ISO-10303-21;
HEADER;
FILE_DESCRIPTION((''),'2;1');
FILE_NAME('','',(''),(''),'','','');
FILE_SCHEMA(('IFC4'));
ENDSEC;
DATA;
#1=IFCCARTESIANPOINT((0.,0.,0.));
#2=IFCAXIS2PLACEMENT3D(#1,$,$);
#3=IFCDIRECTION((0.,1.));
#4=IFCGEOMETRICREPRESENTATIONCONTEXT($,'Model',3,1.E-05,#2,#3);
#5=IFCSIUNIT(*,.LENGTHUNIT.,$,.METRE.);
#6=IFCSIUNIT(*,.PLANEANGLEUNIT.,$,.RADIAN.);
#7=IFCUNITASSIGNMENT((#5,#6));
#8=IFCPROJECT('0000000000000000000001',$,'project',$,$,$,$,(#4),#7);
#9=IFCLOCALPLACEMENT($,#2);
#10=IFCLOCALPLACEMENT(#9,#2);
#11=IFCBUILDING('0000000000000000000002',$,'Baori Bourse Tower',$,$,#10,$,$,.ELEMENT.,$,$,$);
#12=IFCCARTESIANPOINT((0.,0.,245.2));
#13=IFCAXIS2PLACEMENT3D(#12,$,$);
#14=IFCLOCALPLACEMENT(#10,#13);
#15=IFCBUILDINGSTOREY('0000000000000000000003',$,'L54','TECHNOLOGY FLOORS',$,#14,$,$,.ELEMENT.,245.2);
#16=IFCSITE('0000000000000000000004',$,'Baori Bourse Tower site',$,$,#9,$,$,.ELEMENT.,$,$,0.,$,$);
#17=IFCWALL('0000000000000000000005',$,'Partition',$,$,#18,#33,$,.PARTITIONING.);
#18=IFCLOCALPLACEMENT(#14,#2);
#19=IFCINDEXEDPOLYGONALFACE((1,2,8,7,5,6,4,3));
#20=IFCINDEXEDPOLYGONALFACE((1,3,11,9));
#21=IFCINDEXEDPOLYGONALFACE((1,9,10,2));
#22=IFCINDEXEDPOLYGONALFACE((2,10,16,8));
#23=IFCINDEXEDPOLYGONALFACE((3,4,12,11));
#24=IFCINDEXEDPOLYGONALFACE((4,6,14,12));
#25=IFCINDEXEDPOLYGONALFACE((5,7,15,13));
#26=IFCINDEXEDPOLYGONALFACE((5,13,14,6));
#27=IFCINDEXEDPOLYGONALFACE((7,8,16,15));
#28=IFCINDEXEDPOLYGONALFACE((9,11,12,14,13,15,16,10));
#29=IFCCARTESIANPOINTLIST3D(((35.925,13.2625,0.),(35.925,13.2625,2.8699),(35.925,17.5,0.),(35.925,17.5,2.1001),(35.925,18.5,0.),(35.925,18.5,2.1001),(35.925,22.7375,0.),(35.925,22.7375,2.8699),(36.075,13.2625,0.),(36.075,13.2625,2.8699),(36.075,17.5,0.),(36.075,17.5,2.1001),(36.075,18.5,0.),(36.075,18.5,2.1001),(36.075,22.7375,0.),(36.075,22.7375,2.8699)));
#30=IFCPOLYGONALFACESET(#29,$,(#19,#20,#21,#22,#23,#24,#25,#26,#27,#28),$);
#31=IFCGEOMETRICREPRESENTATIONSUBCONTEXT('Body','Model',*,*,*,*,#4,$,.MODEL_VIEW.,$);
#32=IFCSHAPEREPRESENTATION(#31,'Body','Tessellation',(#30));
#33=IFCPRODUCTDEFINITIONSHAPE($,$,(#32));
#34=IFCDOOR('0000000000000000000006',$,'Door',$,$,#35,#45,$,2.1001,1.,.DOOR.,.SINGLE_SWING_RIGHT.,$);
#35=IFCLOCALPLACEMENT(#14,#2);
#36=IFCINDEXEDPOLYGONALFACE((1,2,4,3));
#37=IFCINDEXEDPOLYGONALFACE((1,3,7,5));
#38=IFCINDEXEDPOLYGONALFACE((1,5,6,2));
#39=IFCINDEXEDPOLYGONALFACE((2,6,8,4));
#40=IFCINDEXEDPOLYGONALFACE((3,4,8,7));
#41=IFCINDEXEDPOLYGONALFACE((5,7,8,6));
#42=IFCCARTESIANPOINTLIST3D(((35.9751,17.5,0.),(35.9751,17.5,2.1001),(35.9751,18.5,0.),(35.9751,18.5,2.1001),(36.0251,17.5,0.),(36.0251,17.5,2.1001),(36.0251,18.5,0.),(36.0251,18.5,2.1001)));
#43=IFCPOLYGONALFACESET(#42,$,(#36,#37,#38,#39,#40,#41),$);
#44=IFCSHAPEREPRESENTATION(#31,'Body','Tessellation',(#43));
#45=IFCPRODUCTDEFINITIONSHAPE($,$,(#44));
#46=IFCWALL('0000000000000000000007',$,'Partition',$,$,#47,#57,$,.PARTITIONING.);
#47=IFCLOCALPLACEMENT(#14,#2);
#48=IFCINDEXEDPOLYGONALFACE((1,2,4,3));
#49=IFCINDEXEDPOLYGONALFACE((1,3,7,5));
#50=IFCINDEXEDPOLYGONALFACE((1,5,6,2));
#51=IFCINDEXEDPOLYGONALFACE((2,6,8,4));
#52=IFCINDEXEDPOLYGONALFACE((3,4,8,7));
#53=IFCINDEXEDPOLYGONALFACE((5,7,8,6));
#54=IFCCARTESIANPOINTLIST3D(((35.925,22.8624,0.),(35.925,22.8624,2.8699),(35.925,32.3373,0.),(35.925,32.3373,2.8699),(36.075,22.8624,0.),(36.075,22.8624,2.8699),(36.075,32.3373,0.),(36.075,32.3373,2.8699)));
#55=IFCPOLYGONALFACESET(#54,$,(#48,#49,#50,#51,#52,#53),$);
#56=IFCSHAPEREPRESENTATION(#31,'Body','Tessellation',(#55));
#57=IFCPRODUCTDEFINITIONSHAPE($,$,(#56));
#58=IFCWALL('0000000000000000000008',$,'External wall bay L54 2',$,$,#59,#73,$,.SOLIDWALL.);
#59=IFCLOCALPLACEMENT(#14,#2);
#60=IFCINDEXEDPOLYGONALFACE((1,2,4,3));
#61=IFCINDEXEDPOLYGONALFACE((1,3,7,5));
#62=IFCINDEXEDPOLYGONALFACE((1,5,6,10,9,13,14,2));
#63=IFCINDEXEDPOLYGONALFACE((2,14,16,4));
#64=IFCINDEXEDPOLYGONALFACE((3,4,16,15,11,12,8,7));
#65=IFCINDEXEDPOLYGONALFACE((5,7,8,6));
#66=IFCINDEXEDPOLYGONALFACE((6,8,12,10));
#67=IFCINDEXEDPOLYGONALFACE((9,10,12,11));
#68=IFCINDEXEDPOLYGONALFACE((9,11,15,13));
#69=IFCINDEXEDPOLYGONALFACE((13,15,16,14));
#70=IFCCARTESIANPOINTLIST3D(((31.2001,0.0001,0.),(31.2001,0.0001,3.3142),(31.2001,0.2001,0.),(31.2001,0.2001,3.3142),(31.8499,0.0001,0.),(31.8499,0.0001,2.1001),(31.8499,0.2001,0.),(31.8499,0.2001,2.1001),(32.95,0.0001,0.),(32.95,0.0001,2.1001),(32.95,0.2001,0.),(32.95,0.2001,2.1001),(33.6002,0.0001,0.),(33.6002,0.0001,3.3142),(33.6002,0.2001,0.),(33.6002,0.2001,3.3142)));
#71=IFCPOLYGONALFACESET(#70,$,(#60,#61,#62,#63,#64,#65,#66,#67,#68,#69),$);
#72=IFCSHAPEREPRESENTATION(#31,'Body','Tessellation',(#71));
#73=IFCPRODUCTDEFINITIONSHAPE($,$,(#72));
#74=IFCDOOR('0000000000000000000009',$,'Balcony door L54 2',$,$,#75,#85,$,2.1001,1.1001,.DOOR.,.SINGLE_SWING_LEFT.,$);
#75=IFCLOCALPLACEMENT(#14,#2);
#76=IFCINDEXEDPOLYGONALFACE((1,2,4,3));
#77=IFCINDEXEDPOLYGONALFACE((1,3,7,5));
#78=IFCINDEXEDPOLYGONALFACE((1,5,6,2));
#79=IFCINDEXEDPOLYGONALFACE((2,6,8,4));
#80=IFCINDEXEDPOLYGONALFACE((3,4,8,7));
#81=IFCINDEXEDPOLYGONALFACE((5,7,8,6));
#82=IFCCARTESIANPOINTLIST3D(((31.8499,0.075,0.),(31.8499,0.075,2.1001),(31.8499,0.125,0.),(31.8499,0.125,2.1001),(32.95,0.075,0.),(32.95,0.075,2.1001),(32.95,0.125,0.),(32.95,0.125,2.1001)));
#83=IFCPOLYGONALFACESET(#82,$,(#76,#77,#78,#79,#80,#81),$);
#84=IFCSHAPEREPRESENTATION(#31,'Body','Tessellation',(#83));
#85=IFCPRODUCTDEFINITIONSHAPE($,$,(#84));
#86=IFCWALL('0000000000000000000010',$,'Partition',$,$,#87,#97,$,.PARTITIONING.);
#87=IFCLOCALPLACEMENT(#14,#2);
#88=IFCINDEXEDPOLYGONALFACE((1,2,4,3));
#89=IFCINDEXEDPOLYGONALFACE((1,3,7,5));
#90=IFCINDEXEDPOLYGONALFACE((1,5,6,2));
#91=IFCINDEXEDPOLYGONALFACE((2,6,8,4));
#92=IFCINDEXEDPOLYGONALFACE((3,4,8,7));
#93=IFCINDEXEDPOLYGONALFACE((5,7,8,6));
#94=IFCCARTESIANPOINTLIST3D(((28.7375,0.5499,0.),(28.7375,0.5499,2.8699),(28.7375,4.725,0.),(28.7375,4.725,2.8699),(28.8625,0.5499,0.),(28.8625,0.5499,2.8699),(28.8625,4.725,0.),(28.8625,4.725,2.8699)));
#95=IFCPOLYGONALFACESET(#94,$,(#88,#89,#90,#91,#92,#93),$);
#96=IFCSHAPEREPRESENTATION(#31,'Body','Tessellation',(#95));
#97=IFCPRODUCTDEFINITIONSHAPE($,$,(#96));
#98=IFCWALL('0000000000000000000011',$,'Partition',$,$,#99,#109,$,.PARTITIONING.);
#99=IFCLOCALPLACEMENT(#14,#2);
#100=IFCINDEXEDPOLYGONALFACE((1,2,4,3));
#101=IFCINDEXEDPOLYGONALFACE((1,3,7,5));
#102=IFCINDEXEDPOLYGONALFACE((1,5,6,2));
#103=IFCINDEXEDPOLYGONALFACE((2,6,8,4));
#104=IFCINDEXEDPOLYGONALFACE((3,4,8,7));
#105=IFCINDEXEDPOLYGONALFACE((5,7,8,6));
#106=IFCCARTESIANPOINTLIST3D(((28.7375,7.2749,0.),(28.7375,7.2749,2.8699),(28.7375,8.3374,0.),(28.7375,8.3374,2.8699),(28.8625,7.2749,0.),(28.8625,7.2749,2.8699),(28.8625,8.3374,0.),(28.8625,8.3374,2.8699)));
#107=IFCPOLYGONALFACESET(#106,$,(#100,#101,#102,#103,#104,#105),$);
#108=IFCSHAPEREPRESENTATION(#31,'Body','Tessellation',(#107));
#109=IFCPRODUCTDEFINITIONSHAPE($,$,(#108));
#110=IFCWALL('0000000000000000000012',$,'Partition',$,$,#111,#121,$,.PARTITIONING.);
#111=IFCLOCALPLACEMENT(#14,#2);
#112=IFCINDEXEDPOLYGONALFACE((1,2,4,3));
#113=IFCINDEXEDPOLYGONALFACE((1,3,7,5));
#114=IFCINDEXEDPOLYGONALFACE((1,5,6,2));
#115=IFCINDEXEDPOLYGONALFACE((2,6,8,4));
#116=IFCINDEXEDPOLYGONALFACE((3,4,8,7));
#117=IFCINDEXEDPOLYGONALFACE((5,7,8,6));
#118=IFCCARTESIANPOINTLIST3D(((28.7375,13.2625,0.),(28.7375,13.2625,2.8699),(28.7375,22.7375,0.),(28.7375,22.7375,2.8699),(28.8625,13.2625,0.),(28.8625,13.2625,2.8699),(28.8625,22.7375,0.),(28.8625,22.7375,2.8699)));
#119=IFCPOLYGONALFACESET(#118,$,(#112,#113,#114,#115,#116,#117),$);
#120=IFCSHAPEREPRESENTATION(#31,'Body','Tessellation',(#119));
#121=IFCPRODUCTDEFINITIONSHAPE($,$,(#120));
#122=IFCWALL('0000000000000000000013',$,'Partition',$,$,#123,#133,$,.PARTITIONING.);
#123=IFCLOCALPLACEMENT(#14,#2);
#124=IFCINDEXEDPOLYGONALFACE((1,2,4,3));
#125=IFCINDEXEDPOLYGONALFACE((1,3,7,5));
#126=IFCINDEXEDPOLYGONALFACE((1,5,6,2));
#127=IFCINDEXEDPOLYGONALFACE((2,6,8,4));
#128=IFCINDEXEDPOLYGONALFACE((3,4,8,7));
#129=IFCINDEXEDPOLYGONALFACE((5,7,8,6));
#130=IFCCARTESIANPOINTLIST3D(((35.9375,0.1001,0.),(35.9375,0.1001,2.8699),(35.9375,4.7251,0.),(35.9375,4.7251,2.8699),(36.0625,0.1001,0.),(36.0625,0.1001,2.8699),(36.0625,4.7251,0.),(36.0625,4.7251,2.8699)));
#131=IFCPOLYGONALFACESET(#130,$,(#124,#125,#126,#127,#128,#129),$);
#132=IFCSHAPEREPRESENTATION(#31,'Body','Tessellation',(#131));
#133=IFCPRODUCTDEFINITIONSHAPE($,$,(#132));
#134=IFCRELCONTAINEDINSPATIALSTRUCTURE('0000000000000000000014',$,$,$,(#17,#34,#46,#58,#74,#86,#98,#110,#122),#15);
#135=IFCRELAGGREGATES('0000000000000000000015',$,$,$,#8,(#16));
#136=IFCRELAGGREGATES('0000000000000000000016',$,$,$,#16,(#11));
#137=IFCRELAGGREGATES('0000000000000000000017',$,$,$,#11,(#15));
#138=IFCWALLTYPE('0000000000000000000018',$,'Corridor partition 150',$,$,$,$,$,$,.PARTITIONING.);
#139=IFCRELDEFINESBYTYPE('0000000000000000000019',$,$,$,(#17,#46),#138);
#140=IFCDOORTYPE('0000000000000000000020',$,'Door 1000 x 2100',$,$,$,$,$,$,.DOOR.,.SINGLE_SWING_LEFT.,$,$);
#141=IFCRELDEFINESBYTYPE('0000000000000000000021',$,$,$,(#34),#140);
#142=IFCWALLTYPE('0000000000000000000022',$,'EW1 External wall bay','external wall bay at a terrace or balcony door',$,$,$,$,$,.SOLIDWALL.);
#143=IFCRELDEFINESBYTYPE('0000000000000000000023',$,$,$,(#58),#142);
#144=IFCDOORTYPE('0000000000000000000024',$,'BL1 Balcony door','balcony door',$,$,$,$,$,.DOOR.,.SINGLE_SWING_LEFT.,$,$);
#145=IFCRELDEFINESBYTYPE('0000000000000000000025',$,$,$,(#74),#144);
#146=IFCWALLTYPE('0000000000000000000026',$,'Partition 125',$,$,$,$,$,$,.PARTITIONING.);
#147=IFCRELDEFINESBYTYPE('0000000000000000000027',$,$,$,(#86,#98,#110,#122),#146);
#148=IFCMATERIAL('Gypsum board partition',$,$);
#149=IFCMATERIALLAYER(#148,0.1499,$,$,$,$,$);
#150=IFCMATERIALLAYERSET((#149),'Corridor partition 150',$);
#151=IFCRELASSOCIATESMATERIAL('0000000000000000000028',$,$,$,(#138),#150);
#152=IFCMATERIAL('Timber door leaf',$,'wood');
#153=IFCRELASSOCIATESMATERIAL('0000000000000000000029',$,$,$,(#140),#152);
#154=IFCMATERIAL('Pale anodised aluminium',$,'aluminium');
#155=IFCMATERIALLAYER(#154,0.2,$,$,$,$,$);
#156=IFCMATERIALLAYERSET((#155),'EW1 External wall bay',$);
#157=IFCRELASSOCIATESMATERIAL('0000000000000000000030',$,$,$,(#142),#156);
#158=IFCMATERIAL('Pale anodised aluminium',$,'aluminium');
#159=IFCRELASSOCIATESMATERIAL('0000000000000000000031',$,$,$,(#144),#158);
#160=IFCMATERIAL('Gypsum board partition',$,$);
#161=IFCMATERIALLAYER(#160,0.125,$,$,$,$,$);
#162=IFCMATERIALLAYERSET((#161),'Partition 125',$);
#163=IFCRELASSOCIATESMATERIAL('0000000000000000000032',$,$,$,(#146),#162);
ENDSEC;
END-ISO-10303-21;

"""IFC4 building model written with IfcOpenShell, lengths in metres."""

from ifc_helpers import new_model, si_unit, direction, frame, frame_2d, origin, place, context, subcontext, project, spatial, rectangle, extrude, material, layer, layer_set, type_object, element, fill, save


model = new_model("IFC4")

# Units and contexts
model_context = context("Model", 3, precision=1e-05, world=origin(), true_north=direction((0.0, 1.0)))
body_context = subcontext(model_context, "Body", "Model", "MODEL_VIEW")
ifc_project = project(units=[si_unit("LENGTHUNIT", "METRE"), si_unit("PLANEANGLEUNIT", "RADIAN")], contexts=[model_context])

# Site, building, storey
site_placement = place(None, origin())
site = spatial("IfcSite", under=ifc_project, at=site_placement, Name="Baori Bourse Tower site", CompositionType="ELEMENT", RefElevation=0.0)
building_placement = place(site_placement, origin())
building = spatial("IfcBuilding", under=site, at=building_placement, Name="Baori Bourse Tower", CompositionType="ELEMENT")
storey_placement = place(building_placement, frame((0.0, 0.0, 245.2)))
storey = spatial("IfcBuildingStorey", under=building, at=storey_placement, Name="L54", Description="TECHNOLOGY FLOORS", CompositionType="ELEMENT", Elevation=245.2)

# Shared definitions
ifc_material_1 = material(Name="Gypsum board partition")
ifc_layer_1 = layer(ifc_material_1, 0.1499)
ifc_layer_set_1 = layer_set([ifc_layer_1], Name="Corridor partition 150")
wall_type_1 = type_object("IfcWallType", Name="Corridor partition 150", PredefinedType="PARTITIONING", material=ifc_layer_set_1)

# Wall, opening, door
wall_1_placement = place(storey_placement, frame((36.0, 13.2625, 0.0), z_axis=(0.0, 0.0, 1.0), x_axis=(0.0, 1.0, 0.0)))
wall_1 = element("IfcWall", 1, at=wall_1_placement, inside=storey, type_object=wall_type_1, Name="Partition", PredefinedType="PARTITIONING", context=body_context, shape_type="SweptSolid", body=[
    extrude(rectangle(XDim=9.4751, YDim=0.1499, at=frame_2d((4.7375, 0.0))), origin(), (0.0, 0.0, 1.0), 2.8699),
])
opening_1_placement = place(wall_1_placement, frame((4.2375, 0.0, 0.0)))
opening_1 = element("IfcOpeningElement", 2, at=opening_1_placement, cuts=wall_1, PredefinedType="OPENING", context=body_context, shape_type="SweptSolid", body=[
    extrude(rectangle(XDim=1.0, YDim=2.1001, at=frame_2d((0.5, 1.05))), frame((0.0, 0.085, 0.0), z_axis=(0.0, -1.0, 0.0), x_axis=(1.0, 0.0, 0.0)), (0.0, 0.0, 1.0), 0.1699),
])
ifc_material_2 = material(Name="Timber door leaf", Category="wood")
door_type_1 = type_object("IfcDoorType", Name="Door 1000 x 2100", OperationType="SINGLE_SWING_LEFT", PredefinedType="DOOR", material=ifc_material_2)
door_1_placement = place(opening_1_placement, origin())
door_1 = element("IfcDoor", 3, at=door_1_placement, inside=storey, type_object=door_type_1, Name="Door", OperationType="SINGLE_SWING_RIGHT", OverallHeight=2.1001, OverallWidth=1.0, PredefinedType="DOOR", context=body_context, shape_type="SweptSolid", body=[
    extrude(rectangle(XDim=1.0, YDim=2.1001, at=frame_2d((0.5, 1.05))), frame((0.0, 0.0249, 0.0), z_axis=(0.0, -1.0, 0.0), x_axis=(1.0, 0.0, 0.0)), (0.0, 0.0, 1.0), 0.05),
])
fill(opening_1, door_1)

# Wall
wall_2_placement = place(storey_placement, frame((36.0, 22.8625, 0.0), z_axis=(0.0, 0.0, 1.0), x_axis=(0.0, 1.0, 0.0)))
element("IfcWall", 4, at=wall_2_placement, inside=storey, type_object=wall_type_1, Name="Partition", PredefinedType="PARTITIONING", context=body_context, shape_type="SweptSolid", body=[
    extrude(rectangle(XDim=9.4749, YDim=0.1499, at=frame_2d((4.7373, 0.0))), origin(), (0.0, 0.0, 1.0), 2.8699),
])

# Wall, opening, door
ifc_material_3 = material(Name="Pale anodised aluminium", Category="aluminium")
ifc_layer_2 = layer(ifc_material_3, 0.2)
ifc_layer_set_2 = layer_set([ifc_layer_2], Name="EW1 External wall bay")
wall_type_2 = type_object("IfcWallType", Name="EW1 External wall bay", Description="external wall bay at a terrace or balcony door", PredefinedType="SOLIDWALL", material=ifc_layer_set_2)
wall_3_placement = place(storey_placement, frame((31.2, 0.1001, 0.0), z_axis=(0.0, 0.0, 1.0), x_axis=(1.0, 0.0, 0.0)))
wall_3 = element("IfcWall", 5, at=wall_3_placement, inside=storey, type_object=wall_type_2, Name="External wall bay L54 2", PredefinedType="SOLIDWALL", context=body_context, shape_type="SweptSolid", body=[
    extrude(rectangle(XDim=2.4001, YDim=0.2, at=frame_2d((1.2002, 0.0))), origin(), (0.0, 0.0, 1.0), 3.3142),
])
opening_2_placement = place(wall_3_placement, frame((0.6499, 0.0, 0.0)))
opening_2 = element("IfcOpeningElement", 6, at=opening_2_placement, cuts=wall_3, PredefinedType="OPENING", context=body_context, shape_type="SweptSolid", body=[
    extrude(rectangle(XDim=1.1001, YDim=2.1001, at=frame_2d((0.55, 1.05))), frame((0.0, 0.1099, 0.0), z_axis=(0.0, -1.0, 0.0), x_axis=(1.0, 0.0, 0.0)), (0.0, 0.0, 1.0), 0.22),
])
ifc_material_4 = material(Name="Pale anodised aluminium", Category="aluminium")
door_type_2 = type_object("IfcDoorType", Name="BL1 Balcony door", Description="balcony door", OperationType="SINGLE_SWING_LEFT", PredefinedType="DOOR", material=ifc_material_4)
door_2_placement = place(opening_2_placement, origin())
door_2 = element("IfcDoor", 7, at=door_2_placement, inside=storey, type_object=door_type_2, Name="Balcony door L54 2", OperationType="SINGLE_SWING_LEFT", OverallHeight=2.1001, OverallWidth=1.1001, PredefinedType="DOOR", context=body_context, shape_type="SweptSolid", body=[
    extrude(rectangle(XDim=1.1001, YDim=2.1001, at=frame_2d((0.55, 1.05))), frame((0.0, 0.0249, 0.0), z_axis=(0.0, -1.0, 0.0), x_axis=(1.0, 0.0, 0.0)), (0.0, 0.0, 1.0), 0.05),
])
fill(opening_2, door_2)

# Walls
ifc_material_5 = material(Name="Gypsum board partition")
ifc_layer_3 = layer(ifc_material_5, 0.125)
ifc_layer_set_3 = layer_set([ifc_layer_3], Name="Partition 125")
wall_type_3 = type_object("IfcWallType", Name="Partition 125", PredefinedType="PARTITIONING", material=ifc_layer_set_3)
wall_4_placement = place(storey_placement, frame((28.8, 0.55, 0.0), z_axis=(0.0, 0.0, 1.0), x_axis=(0.0, 1.0, 0.0)))
element("IfcWall", 8, at=wall_4_placement, inside=storey, type_object=wall_type_3, Name="Partition", PredefinedType="PARTITIONING", context=body_context, shape_type="SweptSolid", body=[
    extrude(rectangle(XDim=4.175, YDim=0.125, at=frame_2d((2.0874, 0.0))), origin(), (0.0, 0.0, 1.0), 2.8699),
])
wall_5_placement = place(storey_placement, frame((28.8, 7.2749, 0.0), z_axis=(0.0, 0.0, 1.0), x_axis=(0.0, 1.0, 0.0)))
element("IfcWall", 9, at=wall_5_placement, inside=storey, type_object=wall_type_3, Name="Partition", PredefinedType="PARTITIONING", context=body_context, shape_type="SweptSolid", body=[
    extrude(rectangle(XDim=1.0625, YDim=0.125, at=frame_2d((0.5312, 0.0))), origin(), (0.0, 0.0, 1.0), 2.8699),
])
wall_6_placement = place(storey_placement, frame((28.8, 13.2625, 0.0), z_axis=(0.0, 0.0, 1.0), x_axis=(0.0, 1.0, 0.0)))
element("IfcWall", 10, at=wall_6_placement, inside=storey, type_object=wall_type_3, Name="Partition", PredefinedType="PARTITIONING", context=body_context, shape_type="SweptSolid", body=[
    extrude(rectangle(XDim=9.4751, YDim=0.125, at=frame_2d((4.7375, 0.0))), origin(), (0.0, 0.0, 1.0), 2.8699),
])
wall_7_placement = place(storey_placement, frame((36.0, 0.1001, 0.0), z_axis=(0.0, 0.0, 1.0), x_axis=(0.0, 1.0, 0.0)))
element("IfcWall", 11, at=wall_7_placement, inside=storey, type_object=wall_type_3, Name="Partition", PredefinedType="PARTITIONING", context=body_context, shape_type="SweptSolid", body=[
    extrude(rectangle(XDim=4.625, YDim=0.125, at=frame_2d((2.3125, 0.0))), origin(), (0.0, 0.0, 1.0), 2.8699),
])

save(model, "model.ifc")
